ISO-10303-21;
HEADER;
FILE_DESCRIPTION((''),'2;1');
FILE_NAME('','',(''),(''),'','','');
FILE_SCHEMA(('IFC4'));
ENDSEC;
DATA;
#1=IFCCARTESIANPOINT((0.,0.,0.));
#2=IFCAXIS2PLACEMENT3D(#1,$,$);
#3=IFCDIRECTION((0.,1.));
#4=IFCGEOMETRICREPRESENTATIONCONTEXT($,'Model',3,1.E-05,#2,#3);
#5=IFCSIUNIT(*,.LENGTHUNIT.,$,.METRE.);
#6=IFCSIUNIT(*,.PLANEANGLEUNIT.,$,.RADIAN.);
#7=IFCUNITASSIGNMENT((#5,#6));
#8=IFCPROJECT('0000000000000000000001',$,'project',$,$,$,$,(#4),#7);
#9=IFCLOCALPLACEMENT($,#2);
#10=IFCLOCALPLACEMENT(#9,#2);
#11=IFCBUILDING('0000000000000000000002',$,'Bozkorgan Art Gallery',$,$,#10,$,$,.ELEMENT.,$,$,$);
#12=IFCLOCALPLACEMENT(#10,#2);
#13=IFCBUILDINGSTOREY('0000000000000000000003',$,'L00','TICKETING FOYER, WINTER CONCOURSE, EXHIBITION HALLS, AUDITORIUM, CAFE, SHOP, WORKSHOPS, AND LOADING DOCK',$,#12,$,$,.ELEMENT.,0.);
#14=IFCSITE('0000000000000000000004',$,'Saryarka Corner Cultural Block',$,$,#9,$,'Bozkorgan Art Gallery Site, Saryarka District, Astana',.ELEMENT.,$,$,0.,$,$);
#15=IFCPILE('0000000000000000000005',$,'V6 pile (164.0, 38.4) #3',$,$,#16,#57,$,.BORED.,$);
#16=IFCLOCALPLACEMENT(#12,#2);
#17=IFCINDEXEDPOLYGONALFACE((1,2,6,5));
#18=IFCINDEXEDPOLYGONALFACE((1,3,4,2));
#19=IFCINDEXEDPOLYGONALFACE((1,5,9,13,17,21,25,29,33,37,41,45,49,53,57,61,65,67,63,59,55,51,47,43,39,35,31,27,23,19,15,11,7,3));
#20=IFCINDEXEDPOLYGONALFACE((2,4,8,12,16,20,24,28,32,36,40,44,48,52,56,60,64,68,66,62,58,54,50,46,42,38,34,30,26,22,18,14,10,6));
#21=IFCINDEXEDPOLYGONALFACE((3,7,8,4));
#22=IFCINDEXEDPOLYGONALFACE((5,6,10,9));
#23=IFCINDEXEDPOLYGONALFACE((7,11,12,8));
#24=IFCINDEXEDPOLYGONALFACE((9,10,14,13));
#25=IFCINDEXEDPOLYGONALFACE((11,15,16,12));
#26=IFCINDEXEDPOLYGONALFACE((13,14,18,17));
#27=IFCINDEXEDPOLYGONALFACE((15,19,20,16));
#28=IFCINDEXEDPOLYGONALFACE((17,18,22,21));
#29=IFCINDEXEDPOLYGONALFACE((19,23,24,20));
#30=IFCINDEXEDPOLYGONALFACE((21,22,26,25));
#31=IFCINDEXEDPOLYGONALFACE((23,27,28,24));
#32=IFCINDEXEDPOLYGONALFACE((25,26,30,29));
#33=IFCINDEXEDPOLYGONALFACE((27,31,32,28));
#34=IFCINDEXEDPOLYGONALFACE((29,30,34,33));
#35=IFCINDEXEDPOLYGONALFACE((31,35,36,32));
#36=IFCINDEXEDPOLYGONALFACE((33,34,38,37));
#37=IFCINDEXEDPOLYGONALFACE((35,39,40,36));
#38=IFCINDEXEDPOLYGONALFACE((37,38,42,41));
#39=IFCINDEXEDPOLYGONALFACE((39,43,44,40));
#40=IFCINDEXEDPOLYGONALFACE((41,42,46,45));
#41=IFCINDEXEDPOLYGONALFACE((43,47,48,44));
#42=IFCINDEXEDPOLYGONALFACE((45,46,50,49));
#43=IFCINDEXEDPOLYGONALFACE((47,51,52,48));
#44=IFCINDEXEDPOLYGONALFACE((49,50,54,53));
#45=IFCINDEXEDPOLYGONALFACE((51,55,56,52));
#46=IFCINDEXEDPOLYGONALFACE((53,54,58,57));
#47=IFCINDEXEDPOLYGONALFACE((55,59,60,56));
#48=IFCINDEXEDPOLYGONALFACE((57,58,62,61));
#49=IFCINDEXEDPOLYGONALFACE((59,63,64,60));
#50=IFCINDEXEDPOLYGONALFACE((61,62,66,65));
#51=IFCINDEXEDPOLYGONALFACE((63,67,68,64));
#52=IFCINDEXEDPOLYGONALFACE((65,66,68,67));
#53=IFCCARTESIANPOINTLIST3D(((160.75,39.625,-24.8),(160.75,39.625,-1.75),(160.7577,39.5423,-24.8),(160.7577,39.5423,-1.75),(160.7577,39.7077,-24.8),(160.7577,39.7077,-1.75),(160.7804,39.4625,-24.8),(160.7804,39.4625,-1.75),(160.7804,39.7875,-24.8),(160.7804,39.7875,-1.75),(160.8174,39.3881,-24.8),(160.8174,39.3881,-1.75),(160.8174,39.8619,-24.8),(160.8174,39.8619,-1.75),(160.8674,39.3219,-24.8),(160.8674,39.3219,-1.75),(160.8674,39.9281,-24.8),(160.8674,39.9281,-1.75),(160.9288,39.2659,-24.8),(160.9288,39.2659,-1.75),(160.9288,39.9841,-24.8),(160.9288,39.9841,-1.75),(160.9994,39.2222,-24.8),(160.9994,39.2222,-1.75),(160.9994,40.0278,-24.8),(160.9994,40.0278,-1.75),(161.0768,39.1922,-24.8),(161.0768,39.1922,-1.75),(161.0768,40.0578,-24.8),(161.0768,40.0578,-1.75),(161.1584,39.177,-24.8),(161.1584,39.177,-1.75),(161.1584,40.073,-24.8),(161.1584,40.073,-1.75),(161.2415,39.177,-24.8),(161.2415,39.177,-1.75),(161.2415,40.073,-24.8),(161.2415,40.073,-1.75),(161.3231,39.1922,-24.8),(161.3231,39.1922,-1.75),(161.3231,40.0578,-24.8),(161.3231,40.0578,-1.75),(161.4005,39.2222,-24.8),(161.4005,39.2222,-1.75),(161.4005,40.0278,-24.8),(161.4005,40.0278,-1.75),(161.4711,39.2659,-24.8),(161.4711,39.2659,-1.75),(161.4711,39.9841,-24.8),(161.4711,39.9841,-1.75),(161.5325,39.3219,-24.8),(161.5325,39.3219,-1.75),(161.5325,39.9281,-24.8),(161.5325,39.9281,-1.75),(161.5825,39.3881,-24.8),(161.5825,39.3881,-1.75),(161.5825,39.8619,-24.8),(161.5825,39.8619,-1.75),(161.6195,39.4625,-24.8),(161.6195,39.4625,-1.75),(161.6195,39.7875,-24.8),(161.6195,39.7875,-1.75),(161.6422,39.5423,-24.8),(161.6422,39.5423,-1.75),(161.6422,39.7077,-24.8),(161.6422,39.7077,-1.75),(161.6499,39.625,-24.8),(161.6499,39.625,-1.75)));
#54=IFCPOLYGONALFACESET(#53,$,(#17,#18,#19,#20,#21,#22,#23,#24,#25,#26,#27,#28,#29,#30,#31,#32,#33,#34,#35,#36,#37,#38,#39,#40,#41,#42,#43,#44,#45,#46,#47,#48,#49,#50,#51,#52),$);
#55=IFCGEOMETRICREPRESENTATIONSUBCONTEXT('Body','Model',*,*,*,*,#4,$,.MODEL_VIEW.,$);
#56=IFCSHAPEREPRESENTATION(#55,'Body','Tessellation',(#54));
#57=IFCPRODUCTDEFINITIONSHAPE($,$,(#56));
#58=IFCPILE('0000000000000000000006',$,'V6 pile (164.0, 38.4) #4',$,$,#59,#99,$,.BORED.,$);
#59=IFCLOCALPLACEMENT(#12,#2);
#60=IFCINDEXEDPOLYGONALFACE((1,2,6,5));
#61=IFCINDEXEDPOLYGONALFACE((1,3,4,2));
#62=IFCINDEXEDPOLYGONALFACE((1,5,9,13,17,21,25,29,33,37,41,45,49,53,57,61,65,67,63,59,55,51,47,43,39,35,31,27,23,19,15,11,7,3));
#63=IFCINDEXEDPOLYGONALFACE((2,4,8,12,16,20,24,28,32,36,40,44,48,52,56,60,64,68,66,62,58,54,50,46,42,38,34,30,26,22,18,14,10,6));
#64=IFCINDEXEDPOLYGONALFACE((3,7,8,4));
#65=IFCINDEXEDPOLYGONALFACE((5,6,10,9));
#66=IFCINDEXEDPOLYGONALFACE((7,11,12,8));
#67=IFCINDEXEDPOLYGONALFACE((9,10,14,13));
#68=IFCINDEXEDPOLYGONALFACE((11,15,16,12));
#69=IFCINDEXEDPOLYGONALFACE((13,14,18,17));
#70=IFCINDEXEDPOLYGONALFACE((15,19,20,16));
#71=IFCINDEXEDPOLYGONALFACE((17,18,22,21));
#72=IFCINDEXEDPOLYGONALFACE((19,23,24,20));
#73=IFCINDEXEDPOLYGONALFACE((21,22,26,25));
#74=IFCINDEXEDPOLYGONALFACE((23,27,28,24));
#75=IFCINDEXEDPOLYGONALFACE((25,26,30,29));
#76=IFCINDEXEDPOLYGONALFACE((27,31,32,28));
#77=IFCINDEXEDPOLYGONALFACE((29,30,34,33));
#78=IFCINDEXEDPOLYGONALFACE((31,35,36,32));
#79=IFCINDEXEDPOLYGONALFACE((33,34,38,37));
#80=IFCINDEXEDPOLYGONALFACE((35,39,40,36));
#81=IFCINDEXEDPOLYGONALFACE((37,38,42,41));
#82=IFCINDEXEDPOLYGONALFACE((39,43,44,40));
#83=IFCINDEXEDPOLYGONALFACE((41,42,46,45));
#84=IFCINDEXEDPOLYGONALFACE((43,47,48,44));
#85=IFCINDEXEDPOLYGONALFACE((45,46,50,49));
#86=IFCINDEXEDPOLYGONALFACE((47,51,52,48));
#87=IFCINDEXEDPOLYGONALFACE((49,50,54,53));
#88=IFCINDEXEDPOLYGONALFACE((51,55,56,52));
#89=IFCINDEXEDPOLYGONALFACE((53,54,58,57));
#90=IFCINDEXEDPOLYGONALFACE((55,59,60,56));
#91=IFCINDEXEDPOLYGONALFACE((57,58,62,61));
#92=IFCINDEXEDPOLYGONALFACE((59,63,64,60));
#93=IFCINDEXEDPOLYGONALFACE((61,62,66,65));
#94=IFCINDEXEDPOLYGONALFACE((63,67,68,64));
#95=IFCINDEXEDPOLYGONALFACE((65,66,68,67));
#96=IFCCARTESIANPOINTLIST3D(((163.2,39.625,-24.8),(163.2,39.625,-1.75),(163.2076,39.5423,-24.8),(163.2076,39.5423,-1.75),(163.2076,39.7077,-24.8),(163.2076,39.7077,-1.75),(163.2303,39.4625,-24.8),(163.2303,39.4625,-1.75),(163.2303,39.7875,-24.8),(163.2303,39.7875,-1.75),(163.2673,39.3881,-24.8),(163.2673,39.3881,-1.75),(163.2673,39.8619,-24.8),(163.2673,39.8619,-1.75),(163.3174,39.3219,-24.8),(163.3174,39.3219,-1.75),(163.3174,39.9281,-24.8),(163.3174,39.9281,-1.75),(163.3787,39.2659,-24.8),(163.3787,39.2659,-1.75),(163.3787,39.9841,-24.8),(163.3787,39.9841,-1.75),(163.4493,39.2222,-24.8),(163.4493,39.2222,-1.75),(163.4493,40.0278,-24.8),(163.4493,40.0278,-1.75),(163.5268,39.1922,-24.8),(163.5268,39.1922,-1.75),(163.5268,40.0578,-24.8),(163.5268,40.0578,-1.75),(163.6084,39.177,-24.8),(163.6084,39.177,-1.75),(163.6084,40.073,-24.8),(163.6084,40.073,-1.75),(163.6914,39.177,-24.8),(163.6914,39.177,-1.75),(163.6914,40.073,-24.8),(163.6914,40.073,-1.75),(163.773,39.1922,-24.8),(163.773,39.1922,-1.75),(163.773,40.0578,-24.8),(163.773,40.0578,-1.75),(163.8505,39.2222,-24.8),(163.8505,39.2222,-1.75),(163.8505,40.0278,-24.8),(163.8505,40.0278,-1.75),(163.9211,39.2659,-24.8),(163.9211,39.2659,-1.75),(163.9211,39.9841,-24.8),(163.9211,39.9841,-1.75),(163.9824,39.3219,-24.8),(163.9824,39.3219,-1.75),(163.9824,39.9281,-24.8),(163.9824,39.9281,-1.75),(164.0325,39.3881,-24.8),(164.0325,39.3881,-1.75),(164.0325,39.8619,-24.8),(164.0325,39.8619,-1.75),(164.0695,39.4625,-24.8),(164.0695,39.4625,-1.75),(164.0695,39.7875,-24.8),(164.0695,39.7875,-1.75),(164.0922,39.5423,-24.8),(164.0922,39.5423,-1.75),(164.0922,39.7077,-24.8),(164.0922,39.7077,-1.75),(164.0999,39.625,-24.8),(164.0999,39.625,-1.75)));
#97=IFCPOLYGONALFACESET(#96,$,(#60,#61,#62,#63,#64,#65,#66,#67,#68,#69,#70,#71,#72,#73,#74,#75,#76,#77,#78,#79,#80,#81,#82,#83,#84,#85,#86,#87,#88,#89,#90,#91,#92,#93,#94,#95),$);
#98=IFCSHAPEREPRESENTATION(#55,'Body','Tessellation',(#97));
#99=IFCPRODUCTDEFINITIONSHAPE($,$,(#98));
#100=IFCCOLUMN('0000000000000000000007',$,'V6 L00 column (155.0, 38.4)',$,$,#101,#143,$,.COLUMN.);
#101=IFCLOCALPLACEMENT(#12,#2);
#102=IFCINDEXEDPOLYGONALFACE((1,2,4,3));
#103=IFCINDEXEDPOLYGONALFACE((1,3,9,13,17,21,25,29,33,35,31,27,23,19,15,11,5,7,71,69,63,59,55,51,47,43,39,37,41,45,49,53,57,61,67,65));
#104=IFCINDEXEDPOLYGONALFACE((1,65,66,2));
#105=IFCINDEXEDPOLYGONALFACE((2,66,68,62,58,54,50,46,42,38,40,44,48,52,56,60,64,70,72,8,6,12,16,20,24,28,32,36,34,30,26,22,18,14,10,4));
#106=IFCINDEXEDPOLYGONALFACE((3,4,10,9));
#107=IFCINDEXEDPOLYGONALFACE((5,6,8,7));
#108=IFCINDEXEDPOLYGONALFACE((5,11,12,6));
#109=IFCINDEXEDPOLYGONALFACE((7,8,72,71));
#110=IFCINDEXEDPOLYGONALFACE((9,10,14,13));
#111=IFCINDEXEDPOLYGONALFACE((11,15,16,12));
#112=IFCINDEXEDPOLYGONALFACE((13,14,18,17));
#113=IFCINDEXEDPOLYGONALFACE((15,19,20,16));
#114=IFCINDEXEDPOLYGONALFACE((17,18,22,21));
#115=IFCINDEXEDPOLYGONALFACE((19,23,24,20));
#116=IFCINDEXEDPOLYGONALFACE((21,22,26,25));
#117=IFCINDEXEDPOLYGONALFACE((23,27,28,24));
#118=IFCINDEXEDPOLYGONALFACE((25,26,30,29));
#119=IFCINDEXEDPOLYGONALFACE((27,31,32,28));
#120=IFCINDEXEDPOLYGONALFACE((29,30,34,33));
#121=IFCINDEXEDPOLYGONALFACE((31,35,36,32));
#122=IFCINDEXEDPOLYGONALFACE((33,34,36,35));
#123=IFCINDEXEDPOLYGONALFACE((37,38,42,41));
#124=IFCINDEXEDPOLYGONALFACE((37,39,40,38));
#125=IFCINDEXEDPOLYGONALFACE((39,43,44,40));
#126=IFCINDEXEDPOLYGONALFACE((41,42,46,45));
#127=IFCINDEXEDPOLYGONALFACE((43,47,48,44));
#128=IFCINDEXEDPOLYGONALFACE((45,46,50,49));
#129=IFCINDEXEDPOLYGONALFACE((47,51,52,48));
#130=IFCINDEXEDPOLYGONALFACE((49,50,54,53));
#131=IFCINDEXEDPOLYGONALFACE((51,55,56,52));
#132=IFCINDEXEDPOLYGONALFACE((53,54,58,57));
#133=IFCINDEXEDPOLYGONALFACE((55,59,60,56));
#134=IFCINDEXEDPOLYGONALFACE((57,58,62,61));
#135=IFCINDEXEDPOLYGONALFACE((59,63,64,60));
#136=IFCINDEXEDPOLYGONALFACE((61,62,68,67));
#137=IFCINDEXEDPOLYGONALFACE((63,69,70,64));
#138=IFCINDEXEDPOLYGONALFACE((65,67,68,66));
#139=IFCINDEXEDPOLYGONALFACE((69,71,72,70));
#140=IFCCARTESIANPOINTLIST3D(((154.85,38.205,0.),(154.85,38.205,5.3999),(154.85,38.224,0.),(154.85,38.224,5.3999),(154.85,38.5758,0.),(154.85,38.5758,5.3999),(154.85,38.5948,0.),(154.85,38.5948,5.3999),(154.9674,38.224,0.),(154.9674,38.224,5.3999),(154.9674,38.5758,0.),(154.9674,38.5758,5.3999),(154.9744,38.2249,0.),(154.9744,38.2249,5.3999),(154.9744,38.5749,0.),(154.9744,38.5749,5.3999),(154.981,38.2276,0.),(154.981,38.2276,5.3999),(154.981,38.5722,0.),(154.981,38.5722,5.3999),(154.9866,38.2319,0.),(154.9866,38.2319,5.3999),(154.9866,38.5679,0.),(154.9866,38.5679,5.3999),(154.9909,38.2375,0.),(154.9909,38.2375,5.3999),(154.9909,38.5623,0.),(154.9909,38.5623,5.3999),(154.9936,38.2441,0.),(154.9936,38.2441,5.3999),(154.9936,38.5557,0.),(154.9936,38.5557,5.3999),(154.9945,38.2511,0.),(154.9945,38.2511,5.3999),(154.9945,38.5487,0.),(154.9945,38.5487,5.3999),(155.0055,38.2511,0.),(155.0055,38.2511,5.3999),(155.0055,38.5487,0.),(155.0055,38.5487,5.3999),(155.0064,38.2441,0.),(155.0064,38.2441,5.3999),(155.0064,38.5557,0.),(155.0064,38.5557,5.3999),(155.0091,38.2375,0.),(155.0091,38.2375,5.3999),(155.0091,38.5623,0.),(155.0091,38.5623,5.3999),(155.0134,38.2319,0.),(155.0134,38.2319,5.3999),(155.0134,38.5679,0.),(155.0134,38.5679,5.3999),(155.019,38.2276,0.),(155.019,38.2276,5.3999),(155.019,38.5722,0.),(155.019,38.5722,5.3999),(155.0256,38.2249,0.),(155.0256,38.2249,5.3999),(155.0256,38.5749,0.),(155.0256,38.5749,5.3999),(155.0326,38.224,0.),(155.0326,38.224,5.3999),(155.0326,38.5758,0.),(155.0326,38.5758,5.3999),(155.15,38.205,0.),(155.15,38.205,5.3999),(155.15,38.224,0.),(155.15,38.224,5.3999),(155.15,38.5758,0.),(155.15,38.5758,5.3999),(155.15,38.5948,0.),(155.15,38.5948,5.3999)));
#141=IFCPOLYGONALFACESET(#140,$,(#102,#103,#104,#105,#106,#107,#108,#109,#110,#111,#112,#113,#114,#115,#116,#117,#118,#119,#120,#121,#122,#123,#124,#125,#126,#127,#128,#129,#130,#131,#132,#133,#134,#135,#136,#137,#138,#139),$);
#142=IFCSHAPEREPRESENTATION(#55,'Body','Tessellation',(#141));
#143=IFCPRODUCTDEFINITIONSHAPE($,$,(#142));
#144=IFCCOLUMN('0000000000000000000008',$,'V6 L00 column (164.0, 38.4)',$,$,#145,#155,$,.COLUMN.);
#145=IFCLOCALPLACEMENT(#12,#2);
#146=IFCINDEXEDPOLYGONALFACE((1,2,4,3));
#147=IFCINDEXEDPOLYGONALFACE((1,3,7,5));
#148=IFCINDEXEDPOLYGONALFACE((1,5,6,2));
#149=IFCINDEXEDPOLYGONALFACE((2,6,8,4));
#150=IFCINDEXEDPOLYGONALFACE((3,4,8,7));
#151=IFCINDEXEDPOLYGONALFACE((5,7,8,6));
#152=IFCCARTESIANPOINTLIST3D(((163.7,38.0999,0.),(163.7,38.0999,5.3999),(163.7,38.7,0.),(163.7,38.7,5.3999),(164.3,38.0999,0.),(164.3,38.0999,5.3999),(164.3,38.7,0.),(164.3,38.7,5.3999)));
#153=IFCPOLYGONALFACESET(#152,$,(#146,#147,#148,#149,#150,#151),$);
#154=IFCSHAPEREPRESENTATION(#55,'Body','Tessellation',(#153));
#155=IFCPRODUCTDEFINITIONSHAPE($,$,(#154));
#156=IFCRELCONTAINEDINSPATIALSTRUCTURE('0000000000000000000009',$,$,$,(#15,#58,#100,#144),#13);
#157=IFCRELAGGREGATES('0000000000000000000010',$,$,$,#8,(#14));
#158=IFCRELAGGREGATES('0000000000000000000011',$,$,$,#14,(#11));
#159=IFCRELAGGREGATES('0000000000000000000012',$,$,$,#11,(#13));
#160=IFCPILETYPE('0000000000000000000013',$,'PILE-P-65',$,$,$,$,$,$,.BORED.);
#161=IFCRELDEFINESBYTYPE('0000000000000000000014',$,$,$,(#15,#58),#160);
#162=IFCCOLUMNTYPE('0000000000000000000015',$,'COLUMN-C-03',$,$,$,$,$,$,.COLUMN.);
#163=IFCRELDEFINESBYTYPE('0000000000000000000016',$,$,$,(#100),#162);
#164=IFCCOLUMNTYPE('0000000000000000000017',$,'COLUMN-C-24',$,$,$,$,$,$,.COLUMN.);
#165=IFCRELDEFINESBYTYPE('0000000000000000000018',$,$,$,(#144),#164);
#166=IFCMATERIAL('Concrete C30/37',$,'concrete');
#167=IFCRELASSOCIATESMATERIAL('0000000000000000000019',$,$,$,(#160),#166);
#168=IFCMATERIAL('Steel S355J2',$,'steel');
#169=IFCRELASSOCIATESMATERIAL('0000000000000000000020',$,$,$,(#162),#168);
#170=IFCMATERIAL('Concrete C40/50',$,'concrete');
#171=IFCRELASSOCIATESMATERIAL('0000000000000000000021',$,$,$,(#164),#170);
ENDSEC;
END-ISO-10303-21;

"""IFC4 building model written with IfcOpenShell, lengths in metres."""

from ifc_helpers import new_model, si_unit, direction, frame, origin, origin_2d, place, context, subcontext, project, spatial, rectangle, circle, i_section, extrude, material, material_profile, profile_set, type_object, element, save


model = new_model("IFC4")

# Units and contexts
model_context = context("Model", 3, precision=1e-05, world=origin(), true_north=direction((0.0, 1.0)))
body_context = subcontext(model_context, "Body", "Model", "MODEL_VIEW")
ifc_project = project(units=[si_unit("LENGTHUNIT", "METRE"), si_unit("PLANEANGLEUNIT", "RADIAN")], contexts=[model_context])

# Site, building, storey
site_placement = place(None, origin())
site = spatial("IfcSite", under=ifc_project, at=site_placement, Name="Saryarka Corner Cultural Block", LongName="Bozkorgan Art Gallery Site, Saryarka District, Astana", CompositionType="ELEMENT", RefElevation=0.0)
building_placement = place(site_placement, origin())
building = spatial("IfcBuilding", under=site, at=building_placement, Name="Bozkorgan Art Gallery", CompositionType="ELEMENT")
storey_placement = place(building_placement, origin())
storey = spatial("IfcBuildingStorey", under=building, at=storey_placement, Name="L00", Description="TICKETING FOYER, WINTER CONCOURSE, EXHIBITION HALLS, AUDITORIUM, CAFE, SHOP, WORKSHOPS, AND LOADING DOCK", CompositionType="ELEMENT", Elevation=0.0)

# Shared definitions
ifc_material_1 = material(Name="Concrete C30/37", Category="concrete")

# Piles
ifc_material_profile_1 = material_profile(ifc_material_1, circle(Radius=0.45, at=origin_2d()), Name="PILE D900")
ifc_profile_set_1 = profile_set([ifc_material_profile_1], Name="Concrete C30/37")
pile_type = type_object("IfcPileType", Name="PILE-P-65", PredefinedType="BORED", material=ifc_profile_set_1)
for number, where, z_axis, x_axis, name in (
    (1, (161.2, 39.625, -1.75), (0.0, 0.0, -1.0), (1.0, 0.0, 0.0), "V6 pile (164.0, 38.4) #3"),
    (2, (163.6499, 39.625, -1.75), (0.0, 0.0, -1.0), (1.0, 0.0, 0.0), "V6 pile (164.0, 38.4) #4"),
):
    element("IfcPile", number, at=place(storey_placement, frame(where, z_axis=z_axis, x_axis=x_axis)), inside=storey, type_object=pile_type, Name=name, PredefinedType="BORED", context=body_context, shape_type="SweptSolid", body=[
        extrude(circle(Radius=0.45, at=origin_2d()), origin(), (0.0, 0.0, 1.0), 23.05),
    ])

# Columns
ifc_material_2 = material(Name="Steel S355J2", Category="steel")
ifc_material_profile_2 = material_profile(ifc_material_2, i_section(OverallWidth=0.3, OverallDepth=0.3899, WebThickness=0.011, FlangeThickness=0.019, FilletRadius=0.0271, at=origin_2d()), Name="HEA 400")
ifc_profile_set_2 = profile_set([ifc_material_profile_2], Name="Steel S355J2")
column_type_1 = type_object("IfcColumnType", Name="COLUMN-C-03", PredefinedType="COLUMN", material=ifc_profile_set_2)
column_1_placement = place(storey_placement, frame((155.0, 38.3999, 0.0), z_axis=(0.0, 0.0, 1.0), x_axis=(1.0, 0.0, 0.0)))
element("IfcColumn", 3, at=column_1_placement, inside=storey, type_object=column_type_1, Name="V6 L00 column (155.0, 38.4)", PredefinedType="COLUMN", context=body_context, shape_type="SweptSolid", body=[
    extrude(i_section(OverallWidth=0.3, OverallDepth=0.3899, WebThickness=0.011, FlangeThickness=0.019, FilletRadius=0.0271, at=origin_2d()), origin(), (0.0, 0.0, 1.0), 5.3999),
])
ifc_material_3 = material(Name="Concrete C40/50", Category="concrete")
ifc_material_profile_3 = material_profile(ifc_material_3, rectangle(XDim=0.6001, YDim=0.6001, at=origin_2d()), Name="RC 600x600")
ifc_profile_set_3 = profile_set([ifc_material_profile_3], Name="Concrete C40/50")
column_type_2 = type_object("IfcColumnType", Name="COLUMN-C-24", PredefinedType="COLUMN", material=ifc_profile_set_3)
column_2_placement = place(storey_placement, frame((164.0, 38.3999, 0.0), z_axis=(0.0, 0.0, 1.0), x_axis=(1.0, 0.0, 0.0)))
element("IfcColumn", 4, at=column_2_placement, inside=storey, type_object=column_type_2, Name="V6 L00 column (164.0, 38.4)", PredefinedType="COLUMN", context=body_context, shape_type="SweptSolid", body=[
    extrude(rectangle(XDim=0.6001, YDim=0.6001, at=origin_2d()), origin(), (0.0, 0.0, 1.0), 5.3999),
])

save(model, "model.ifc")
